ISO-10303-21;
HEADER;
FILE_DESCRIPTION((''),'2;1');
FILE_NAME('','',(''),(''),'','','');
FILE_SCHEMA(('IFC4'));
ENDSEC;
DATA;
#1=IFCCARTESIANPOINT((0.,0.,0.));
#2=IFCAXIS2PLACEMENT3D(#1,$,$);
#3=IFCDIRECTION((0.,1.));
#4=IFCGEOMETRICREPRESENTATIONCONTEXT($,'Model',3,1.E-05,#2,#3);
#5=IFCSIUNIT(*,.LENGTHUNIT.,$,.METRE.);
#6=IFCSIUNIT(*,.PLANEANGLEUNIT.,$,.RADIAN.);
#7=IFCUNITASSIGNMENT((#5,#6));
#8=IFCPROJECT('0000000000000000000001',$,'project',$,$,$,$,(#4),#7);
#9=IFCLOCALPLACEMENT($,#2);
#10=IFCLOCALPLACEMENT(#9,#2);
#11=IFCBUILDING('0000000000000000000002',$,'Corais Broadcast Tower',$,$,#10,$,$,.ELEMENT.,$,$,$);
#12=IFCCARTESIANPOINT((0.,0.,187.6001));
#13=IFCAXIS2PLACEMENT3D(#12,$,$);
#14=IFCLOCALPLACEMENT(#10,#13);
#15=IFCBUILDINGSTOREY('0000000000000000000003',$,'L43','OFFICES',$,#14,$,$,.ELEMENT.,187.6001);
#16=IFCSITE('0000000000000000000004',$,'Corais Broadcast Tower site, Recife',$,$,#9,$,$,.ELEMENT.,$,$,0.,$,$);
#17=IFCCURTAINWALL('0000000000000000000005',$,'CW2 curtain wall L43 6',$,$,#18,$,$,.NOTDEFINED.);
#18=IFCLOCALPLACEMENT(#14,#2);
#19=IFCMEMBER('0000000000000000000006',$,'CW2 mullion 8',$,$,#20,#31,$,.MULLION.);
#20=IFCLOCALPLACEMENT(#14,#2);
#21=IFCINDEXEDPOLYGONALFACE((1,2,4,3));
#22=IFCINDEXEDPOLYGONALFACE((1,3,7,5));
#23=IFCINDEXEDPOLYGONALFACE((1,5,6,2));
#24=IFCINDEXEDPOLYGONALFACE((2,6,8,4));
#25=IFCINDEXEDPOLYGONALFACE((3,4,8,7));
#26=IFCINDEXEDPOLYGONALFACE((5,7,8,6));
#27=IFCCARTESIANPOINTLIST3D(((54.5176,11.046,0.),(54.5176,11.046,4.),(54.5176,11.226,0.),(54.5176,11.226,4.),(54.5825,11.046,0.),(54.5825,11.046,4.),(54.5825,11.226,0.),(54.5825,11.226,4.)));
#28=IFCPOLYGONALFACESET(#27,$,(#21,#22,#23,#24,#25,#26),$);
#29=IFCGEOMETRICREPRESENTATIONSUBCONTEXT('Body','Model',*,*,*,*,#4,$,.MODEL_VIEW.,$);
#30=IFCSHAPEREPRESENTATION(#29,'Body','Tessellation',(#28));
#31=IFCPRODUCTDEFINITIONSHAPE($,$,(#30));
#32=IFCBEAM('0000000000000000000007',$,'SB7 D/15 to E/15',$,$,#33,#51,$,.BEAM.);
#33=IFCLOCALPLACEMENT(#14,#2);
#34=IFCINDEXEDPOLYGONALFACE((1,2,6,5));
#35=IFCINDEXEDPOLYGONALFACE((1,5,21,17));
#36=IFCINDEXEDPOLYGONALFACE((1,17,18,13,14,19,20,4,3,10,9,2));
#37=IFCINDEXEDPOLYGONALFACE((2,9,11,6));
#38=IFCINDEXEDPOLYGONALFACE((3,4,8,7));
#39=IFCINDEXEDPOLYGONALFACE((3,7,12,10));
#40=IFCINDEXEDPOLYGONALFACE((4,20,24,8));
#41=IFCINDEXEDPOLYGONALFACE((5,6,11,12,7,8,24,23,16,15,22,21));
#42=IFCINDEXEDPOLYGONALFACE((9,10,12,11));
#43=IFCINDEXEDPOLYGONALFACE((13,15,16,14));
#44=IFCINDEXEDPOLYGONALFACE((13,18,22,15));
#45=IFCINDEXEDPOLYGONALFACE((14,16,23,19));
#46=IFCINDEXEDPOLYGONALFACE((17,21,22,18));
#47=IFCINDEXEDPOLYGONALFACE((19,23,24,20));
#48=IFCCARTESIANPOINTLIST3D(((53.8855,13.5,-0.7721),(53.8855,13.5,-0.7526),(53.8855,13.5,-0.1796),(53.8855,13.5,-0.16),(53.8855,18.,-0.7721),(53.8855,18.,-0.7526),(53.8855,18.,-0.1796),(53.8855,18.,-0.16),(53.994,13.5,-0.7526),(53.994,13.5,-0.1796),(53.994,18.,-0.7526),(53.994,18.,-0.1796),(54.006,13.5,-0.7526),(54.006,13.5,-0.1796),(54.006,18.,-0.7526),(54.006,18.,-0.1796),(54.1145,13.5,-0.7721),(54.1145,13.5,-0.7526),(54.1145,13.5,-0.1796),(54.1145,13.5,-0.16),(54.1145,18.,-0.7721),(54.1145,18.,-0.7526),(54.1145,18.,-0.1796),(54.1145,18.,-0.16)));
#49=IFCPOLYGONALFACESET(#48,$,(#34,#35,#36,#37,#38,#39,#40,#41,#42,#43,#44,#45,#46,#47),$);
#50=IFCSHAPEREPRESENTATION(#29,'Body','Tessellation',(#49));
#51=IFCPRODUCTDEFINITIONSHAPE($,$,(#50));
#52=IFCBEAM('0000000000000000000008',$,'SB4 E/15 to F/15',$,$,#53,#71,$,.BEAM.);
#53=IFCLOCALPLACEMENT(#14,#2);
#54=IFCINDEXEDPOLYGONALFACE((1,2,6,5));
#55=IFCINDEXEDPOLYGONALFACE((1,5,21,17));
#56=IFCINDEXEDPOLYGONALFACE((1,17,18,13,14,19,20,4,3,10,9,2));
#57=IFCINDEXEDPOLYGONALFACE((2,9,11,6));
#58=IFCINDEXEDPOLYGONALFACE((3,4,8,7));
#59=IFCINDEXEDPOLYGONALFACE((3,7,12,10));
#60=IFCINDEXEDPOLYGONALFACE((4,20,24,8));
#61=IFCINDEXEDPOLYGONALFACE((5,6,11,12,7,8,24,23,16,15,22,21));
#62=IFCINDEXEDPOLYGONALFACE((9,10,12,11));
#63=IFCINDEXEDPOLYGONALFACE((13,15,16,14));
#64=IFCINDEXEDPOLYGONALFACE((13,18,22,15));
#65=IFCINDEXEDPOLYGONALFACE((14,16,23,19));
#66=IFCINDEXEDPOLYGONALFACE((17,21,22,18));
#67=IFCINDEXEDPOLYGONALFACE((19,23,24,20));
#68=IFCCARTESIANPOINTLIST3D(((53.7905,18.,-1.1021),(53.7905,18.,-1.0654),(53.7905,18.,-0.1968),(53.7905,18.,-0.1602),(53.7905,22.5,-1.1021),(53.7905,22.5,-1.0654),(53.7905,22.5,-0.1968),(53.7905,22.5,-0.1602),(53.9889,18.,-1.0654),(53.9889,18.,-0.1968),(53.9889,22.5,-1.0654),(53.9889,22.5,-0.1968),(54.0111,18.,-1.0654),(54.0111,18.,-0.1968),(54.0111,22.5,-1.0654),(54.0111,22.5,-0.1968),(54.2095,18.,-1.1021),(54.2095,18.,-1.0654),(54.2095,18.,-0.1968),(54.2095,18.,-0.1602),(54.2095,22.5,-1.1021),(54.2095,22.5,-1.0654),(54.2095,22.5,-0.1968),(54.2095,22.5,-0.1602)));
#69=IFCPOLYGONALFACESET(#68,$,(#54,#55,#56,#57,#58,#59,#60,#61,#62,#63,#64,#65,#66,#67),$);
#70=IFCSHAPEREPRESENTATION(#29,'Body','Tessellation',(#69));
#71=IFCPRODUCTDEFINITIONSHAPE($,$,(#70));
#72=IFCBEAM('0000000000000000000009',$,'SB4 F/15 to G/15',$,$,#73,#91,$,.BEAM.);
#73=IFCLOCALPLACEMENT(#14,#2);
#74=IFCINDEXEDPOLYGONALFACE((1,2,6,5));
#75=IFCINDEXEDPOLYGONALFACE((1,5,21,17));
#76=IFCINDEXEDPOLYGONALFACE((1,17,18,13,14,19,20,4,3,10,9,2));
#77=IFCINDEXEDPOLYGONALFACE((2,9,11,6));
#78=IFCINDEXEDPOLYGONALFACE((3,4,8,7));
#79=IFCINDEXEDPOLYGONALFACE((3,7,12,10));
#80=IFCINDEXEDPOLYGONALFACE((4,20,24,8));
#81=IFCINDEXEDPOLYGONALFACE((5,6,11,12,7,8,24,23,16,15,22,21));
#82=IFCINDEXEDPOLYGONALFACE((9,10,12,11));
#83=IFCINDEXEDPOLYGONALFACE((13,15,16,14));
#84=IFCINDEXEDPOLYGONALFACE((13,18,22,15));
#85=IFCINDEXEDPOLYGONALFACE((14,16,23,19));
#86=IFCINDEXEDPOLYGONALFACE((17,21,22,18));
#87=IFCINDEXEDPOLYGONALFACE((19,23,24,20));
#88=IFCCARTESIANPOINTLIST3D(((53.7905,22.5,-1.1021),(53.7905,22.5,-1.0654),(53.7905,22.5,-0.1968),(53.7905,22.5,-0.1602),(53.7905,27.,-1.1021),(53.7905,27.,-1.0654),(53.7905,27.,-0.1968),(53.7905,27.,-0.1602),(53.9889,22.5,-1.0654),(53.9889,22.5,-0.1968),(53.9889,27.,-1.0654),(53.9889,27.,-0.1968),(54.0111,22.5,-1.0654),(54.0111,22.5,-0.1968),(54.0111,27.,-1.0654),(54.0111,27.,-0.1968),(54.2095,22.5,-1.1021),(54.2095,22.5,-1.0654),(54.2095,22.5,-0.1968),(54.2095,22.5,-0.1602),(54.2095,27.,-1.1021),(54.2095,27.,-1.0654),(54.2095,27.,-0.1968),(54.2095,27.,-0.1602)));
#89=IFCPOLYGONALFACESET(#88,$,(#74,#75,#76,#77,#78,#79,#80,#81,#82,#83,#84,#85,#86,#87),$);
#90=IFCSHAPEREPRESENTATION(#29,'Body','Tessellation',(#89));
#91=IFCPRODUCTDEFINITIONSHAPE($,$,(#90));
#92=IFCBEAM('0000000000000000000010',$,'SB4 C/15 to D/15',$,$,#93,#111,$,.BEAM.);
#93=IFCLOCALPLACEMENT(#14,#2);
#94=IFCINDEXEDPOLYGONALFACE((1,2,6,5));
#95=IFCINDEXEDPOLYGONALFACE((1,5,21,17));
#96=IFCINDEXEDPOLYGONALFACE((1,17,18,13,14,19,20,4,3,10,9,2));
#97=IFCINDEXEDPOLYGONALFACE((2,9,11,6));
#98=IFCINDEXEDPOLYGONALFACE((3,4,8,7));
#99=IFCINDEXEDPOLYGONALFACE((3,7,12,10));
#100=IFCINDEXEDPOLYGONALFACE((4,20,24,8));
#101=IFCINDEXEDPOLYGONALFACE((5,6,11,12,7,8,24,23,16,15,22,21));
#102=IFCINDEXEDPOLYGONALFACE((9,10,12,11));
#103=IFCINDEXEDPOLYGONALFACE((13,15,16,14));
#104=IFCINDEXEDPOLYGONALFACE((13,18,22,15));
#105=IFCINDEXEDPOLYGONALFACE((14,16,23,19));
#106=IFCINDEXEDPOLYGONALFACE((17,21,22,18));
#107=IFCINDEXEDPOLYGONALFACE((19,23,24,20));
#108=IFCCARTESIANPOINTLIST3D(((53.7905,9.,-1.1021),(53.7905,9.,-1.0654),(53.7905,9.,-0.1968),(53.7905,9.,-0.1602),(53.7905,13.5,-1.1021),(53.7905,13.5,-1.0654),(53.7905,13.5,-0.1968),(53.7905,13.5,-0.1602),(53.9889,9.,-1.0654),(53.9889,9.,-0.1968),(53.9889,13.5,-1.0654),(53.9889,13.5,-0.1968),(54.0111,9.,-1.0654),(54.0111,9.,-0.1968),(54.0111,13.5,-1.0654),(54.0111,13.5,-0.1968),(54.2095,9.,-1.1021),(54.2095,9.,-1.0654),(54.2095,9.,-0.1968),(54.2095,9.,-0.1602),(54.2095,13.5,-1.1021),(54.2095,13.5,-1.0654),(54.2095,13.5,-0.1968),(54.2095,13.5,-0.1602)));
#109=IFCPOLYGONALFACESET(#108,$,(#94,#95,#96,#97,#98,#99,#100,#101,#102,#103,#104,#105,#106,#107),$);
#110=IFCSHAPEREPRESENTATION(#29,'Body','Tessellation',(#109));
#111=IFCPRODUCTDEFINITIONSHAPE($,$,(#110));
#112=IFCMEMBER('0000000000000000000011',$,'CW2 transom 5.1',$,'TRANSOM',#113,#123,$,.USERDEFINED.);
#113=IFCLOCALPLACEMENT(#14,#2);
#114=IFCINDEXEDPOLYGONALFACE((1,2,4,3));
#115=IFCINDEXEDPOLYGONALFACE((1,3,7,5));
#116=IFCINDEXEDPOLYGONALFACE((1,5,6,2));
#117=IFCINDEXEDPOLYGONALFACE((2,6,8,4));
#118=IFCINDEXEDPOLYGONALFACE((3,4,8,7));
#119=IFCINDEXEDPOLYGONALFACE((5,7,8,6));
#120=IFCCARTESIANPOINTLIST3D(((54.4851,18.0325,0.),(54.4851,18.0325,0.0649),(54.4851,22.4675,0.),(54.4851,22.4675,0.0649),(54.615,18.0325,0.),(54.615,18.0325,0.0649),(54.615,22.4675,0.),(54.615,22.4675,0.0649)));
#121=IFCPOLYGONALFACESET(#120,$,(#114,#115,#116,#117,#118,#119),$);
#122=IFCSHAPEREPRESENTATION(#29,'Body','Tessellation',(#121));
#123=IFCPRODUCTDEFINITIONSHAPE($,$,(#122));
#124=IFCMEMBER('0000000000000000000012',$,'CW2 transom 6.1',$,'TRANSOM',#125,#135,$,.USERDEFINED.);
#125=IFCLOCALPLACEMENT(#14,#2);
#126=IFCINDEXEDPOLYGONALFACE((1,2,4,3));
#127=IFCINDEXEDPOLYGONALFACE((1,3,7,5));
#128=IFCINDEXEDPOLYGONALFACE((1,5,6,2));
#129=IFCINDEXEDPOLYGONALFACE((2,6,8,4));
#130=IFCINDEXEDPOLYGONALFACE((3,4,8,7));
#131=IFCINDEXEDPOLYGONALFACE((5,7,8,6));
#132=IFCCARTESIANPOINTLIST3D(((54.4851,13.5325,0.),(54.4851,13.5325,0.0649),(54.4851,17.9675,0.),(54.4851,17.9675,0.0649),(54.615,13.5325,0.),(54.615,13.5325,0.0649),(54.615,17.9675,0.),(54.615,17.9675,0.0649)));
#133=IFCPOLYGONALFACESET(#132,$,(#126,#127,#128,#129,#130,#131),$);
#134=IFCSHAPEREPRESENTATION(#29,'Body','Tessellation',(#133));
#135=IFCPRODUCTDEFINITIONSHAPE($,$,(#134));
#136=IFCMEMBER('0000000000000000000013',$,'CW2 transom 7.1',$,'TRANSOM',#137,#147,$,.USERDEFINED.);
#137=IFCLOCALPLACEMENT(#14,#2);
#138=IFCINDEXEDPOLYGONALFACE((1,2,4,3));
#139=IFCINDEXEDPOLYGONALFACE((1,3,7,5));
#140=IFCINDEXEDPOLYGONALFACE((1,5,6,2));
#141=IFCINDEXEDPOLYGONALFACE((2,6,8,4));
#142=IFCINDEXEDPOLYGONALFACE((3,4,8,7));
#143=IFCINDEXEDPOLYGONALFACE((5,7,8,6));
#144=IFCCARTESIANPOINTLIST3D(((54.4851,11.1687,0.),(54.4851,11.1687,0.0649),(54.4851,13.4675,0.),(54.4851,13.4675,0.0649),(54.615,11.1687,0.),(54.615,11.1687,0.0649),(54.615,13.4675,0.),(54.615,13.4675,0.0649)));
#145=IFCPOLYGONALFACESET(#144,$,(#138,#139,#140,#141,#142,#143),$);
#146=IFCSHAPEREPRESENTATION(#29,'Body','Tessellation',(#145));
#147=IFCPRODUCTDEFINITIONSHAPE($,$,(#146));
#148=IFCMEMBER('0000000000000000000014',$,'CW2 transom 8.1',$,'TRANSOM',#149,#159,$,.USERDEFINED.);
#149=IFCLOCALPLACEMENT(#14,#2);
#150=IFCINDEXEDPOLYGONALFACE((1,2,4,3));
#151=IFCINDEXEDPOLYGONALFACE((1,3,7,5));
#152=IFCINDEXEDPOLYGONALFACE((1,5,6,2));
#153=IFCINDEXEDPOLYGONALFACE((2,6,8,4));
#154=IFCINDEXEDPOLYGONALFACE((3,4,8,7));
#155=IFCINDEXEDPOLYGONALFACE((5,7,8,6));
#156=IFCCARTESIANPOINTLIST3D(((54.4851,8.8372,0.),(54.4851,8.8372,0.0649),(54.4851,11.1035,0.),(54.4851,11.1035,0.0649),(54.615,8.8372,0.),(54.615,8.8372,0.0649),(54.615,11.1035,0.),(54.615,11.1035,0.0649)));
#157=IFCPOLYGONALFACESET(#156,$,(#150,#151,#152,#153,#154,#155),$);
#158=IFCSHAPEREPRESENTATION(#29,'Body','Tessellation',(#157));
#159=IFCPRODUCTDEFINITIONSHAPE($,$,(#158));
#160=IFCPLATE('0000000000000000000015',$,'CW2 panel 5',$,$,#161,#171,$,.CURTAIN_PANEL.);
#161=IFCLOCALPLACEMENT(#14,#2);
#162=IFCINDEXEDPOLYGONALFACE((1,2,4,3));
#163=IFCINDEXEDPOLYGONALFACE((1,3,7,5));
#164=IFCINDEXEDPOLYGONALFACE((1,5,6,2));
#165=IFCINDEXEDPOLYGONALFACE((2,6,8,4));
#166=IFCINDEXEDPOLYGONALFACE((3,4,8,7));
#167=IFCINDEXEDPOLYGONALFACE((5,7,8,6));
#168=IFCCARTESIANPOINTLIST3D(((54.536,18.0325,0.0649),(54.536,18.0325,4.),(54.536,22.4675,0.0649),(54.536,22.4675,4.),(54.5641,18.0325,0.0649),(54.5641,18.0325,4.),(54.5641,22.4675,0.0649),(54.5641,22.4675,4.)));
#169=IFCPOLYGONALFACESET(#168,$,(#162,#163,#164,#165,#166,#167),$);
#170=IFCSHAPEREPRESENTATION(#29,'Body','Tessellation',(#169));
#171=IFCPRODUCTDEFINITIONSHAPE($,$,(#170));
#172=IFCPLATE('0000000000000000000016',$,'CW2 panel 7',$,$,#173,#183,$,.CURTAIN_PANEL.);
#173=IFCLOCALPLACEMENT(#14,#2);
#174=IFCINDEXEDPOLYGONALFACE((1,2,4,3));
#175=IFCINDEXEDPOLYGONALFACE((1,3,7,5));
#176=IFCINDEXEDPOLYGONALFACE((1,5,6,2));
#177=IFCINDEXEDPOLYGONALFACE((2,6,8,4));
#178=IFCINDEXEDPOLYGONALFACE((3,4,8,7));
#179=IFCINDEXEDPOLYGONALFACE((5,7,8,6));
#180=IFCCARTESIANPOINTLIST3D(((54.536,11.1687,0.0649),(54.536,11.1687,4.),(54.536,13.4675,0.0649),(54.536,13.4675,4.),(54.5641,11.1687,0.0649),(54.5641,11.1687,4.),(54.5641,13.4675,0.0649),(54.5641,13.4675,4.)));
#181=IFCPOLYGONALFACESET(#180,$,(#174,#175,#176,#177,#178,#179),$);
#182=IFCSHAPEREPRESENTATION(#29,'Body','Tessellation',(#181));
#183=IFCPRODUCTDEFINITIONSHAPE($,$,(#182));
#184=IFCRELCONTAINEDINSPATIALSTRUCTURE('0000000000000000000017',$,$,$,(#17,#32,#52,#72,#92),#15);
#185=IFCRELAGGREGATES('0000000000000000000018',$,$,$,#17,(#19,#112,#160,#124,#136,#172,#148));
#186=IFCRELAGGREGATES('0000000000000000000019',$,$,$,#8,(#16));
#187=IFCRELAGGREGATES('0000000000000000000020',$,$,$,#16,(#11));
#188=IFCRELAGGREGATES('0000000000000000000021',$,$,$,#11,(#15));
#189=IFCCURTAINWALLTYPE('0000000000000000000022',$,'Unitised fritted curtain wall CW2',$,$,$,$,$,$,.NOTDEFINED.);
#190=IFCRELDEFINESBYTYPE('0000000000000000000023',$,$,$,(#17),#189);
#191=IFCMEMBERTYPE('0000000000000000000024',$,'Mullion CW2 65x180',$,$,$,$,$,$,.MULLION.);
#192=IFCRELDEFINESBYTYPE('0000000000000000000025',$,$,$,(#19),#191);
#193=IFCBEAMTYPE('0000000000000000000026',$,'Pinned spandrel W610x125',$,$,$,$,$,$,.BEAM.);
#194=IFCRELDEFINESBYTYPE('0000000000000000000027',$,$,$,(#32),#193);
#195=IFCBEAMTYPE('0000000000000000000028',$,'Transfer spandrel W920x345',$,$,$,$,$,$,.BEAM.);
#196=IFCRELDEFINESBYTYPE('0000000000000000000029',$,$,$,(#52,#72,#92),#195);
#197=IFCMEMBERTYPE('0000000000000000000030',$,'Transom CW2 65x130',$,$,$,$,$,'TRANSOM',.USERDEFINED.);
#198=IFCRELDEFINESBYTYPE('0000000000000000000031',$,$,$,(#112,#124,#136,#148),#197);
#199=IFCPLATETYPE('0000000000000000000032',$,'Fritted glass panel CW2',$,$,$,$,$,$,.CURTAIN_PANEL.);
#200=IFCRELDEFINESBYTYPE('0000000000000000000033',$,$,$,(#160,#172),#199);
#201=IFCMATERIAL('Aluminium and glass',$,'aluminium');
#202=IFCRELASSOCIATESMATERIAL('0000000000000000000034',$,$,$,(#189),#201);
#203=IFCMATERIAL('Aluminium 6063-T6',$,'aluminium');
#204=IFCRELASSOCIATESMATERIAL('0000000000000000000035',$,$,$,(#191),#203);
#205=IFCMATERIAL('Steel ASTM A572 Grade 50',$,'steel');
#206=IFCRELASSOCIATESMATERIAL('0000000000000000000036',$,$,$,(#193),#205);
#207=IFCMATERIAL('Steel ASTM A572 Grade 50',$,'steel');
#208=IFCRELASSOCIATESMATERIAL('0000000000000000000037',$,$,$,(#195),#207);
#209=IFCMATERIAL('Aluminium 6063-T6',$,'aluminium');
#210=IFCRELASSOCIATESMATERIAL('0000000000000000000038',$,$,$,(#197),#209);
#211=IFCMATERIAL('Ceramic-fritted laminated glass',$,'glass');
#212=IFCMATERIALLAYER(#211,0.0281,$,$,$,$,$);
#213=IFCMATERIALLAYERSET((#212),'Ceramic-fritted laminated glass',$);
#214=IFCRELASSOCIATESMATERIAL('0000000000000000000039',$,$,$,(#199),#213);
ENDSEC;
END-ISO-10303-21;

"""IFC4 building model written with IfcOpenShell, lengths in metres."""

from ifc_helpers import new_model, si_unit, direction, frame, origin, origin_2d, place, context, subcontext, project, spatial, rectangle, i_section, extrude, material, layer, layer_set, material_profile, profile_set, type_object, element, aggregate, save


model = new_model("IFC4")

# Units and contexts
model_context = context("Model", 3, precision=1e-05, world=origin(), true_north=direction((0.0, 1.0)))
body_context = subcontext(model_context, "Body", "Model", "MODEL_VIEW")
ifc_project = project(units=[si_unit("LENGTHUNIT", "METRE"), si_unit("PLANEANGLEUNIT", "RADIAN")], contexts=[model_context])

# Site, building, storey
site_placement = place(None, origin())
site = spatial("IfcSite", under=ifc_project, at=site_placement, Name="Corais Broadcast Tower site, Recife", CompositionType="ELEMENT", RefElevation=0.0)
building_placement = place(site_placement, origin())
building = spatial("IfcBuilding", under=site, at=building_placement, Name="Corais Broadcast Tower", CompositionType="ELEMENT")
storey_placement = place(building_placement, frame((0.0, 0.0, 187.6001)))
storey = spatial("IfcBuildingStorey", under=building, at=storey_placement, Name="L43", Description="OFFICES", CompositionType="ELEMENT", Elevation=187.6001)

# Curtain wall, member
ifc_material_1 = material(Name="Aluminium and glass", Category="aluminium")
curtain_wall_type = type_object("IfcCurtainWallType", Name="Unitised fritted curtain wall CW2", PredefinedType="NOTDEFINED", material=ifc_material_1)
curtain_wall_placement = place(storey_placement, origin())
curtain_wall = element("IfcCurtainWall", 1, at=curtain_wall_placement, inside=storey, type_object=curtain_wall_type, Name="CW2 curtain wall L43 6", PredefinedType="NOTDEFINED")
ifc_material_2 = material(Name="Aluminium 6063-T6", Category="aluminium")
ifc_material_profile_1 = material_profile(ifc_material_2, rectangle(XDim=0.0649, YDim=0.1799, at=origin_2d()), Name="Mullion CW2 65x180")
ifc_profile_set_1 = profile_set([ifc_material_profile_1], Name="Aluminium 6063-T6")
member_type_1 = type_object("IfcMemberType", Name="Mullion CW2 65x180", PredefinedType="MULLION", material=ifc_profile_set_1)
member_1_placement = place(storey_placement, frame((54.55, 11.136, 0.0), z_axis=(0.0, 0.0, 1.0), x_axis=(1.0, 0.0, 0.0)))
member_1 = element("IfcMember", 2, at=member_1_placement, type_object=member_type_1, Name="CW2 mullion 8", PredefinedType="MULLION", context=body_context, shape_type="SweptSolid", body=[
    extrude(rectangle(XDim=0.0649, YDim=0.1799, at=origin_2d()), origin(), (0.0, 0.0, 1.0), 4.0),
])

# Beams
ifc_material_3 = material(Name="Steel ASTM A572 Grade 50", Category="steel")
ifc_material_profile_2 = material_profile(ifc_material_3, i_section(OverallWidth=0.229, OverallDepth=0.6121, WebThickness=0.012, FlangeThickness=0.0195, at=origin_2d()), Name="W610x125")
ifc_profile_set_2 = profile_set([ifc_material_profile_2], Name="Steel ASTM A572 Grade 50")
beam_type_1 = type_object("IfcBeamType", Name="Pinned spandrel W610x125", PredefinedType="BEAM", material=ifc_profile_set_2)
beam_1_placement = place(storey_placement, frame((54.0, 13.5, -0.4661), z_axis=(0.0, 1.0, 0.0), x_axis=(-1.0, 0.0, 0.0)))
element("IfcBeam", 3, at=beam_1_placement, inside=storey, type_object=beam_type_1, Name="SB7 D/15 to E/15", PredefinedType="BEAM", context=body_context, shape_type="SweptSolid", body=[
    extrude(i_section(OverallWidth=0.229, OverallDepth=0.6121, WebThickness=0.012, FlangeThickness=0.0195, at=origin_2d()), origin(), (0.0, 0.0, 1.0), 4.5),
])
ifc_material_4 = material(Name="Steel ASTM A572 Grade 50", Category="steel")
ifc_material_profile_3 = material_profile(ifc_material_4, i_section(OverallWidth=0.4189, OverallDepth=0.9419, WebThickness=0.0222, FlangeThickness=0.0366, at=origin_2d()), Name="W920x345")
ifc_profile_set_3 = profile_set([ifc_material_profile_3], Name="Steel ASTM A572 Grade 50")
beam_type_2 = type_object("IfcBeamType", Name="Transfer spandrel W920x345", PredefinedType="BEAM", material=ifc_profile_set_3)
for number, where, z_axis, x_axis, name in (
    (4, (54.0, 18.0, -0.6311), (0.0, 1.0, 0.0), (-1.0, 0.0, 0.0), "SB4 E/15 to F/15"),
    (5, (54.0, 22.5, -0.6311), (0.0, 1.0, 0.0), (-1.0, 0.0, 0.0), "SB4 F/15 to G/15"),
    (6, (54.0, 9.0, -0.6311), (0.0, 1.0, 0.0), (-1.0, 0.0, 0.0), "SB4 C/15 to D/15"),
):
    element("IfcBeam", number, at=place(storey_placement, frame(where, z_axis=z_axis, x_axis=x_axis)), inside=storey, type_object=beam_type_2, Name=name, PredefinedType="BEAM", context=body_context, shape_type="SweptSolid", body=[
        extrude(i_section(OverallWidth=0.4189, OverallDepth=0.9419, WebThickness=0.0222, FlangeThickness=0.0366, at=origin_2d()), origin(), (0.0, 0.0, 1.0), 4.5),
    ])

# Members
ifc_material_5 = material(Name="Aluminium 6063-T6", Category="aluminium")
ifc_material_profile_4 = material_profile(ifc_material_5, rectangle(XDim=0.1299, YDim=0.0649, at=origin_2d()), Name="Transom CW2 65x130")
ifc_profile_set_4 = profile_set([ifc_material_profile_4], Name="Aluminium 6063-T6")
member_type_2 = type_object("IfcMemberType", Name="Transom CW2 65x130", ElementType="TRANSOM", PredefinedType="USERDEFINED", material=ifc_profile_set_4)
member_2_placement = place(storey_placement, frame((54.55, 22.4675, 0.0325), z_axis=(0.0, -1.0, 0.0), x_axis=(1.0, 0.0, 0.0)))
member_2 = element("IfcMember", 7, at=member_2_placement, type_object=member_type_2, Name="CW2 transom 5.1", ObjectType="TRANSOM", PredefinedType="USERDEFINED", context=body_context, shape_type="SweptSolid", body=[
    extrude(rectangle(XDim=0.1299, YDim=0.0649, at=origin_2d()), origin(), (0.0, 0.0, 1.0), 4.4351),
])
member_3_placement = place(storey_placement, frame((54.55, 17.9675, 0.0325), z_axis=(0.0, -1.0, 0.0), x_axis=(1.0, 0.0, 0.0)))
member_3 = element("IfcMember", 8, at=member_3_placement, type_object=member_type_2, Name="CW2 transom 6.1", ObjectType="TRANSOM", PredefinedType="USERDEFINED", context=body_context, shape_type="SweptSolid", body=[
    extrude(rectangle(XDim=0.1299, YDim=0.0649, at=origin_2d()), origin(), (0.0, 0.0, 1.0), 4.4351),
])
member_4_placement = place(storey_placement, frame((54.55, 13.4675, 0.0325), z_axis=(0.0, -1.0, 0.0), x_axis=(1.0, 0.0, 0.0)))
member_4 = element("IfcMember", 9, at=member_4_placement, type_object=member_type_2, Name="CW2 transom 7.1", ObjectType="TRANSOM", PredefinedType="USERDEFINED", context=body_context, shape_type="SweptSolid", body=[
    extrude(rectangle(XDim=0.1299, YDim=0.0649, at=origin_2d()), origin(), (0.0, 0.0, 1.0), 2.2988),
])
member_5_placement = place(storey_placement, frame((54.55, 11.1035, 0.0325), z_axis=(0.0, -1.0, 0.0), x_axis=(1.0, 0.0, 0.0)))
member_5 = element("IfcMember", 10, at=member_5_placement, type_object=member_type_2, Name="CW2 transom 8.1", ObjectType="TRANSOM", PredefinedType="USERDEFINED", context=body_context, shape_type="SweptSolid", body=[
    extrude(rectangle(XDim=0.1299, YDim=0.0649, at=origin_2d()), origin(), (0.0, 0.0, 1.0), 2.2664),
])

# Plates
ifc_material_6 = material(Name="Ceramic-fritted laminated glass", Category="glass")
ifc_layer_1 = layer(ifc_material_6, 0.0281)
ifc_layer_set_1 = layer_set([ifc_layer_1], Name="Ceramic-fritted laminated glass")
plate_type_1 = type_object("IfcPlateType", Name="Fritted glass panel CW2", PredefinedType="CURTAIN_PANEL", material=ifc_layer_set_1)
plate_1_placement = place(storey_placement, frame((54.55, 20.25, 0.0649), z_axis=(0.0, 0.0, 1.0), x_axis=(0.0, -1.0, 0.0)))
plate_1 = element("IfcPlate", 11, at=plate_1_placement, type_object=plate_type_1, Name="CW2 panel 5", PredefinedType="CURTAIN_PANEL", context=body_context, shape_type="SweptSolid", body=[
    extrude(rectangle(XDim=4.4351, YDim=0.0281, at=origin_2d()), origin(), (0.0, 0.0, 1.0), 3.9351),
])
plate_2_placement = place(storey_placement, frame((54.55, 12.3181, 0.0649), z_axis=(0.0, 0.0, 1.0), x_axis=(0.0, -1.0, 0.0)))
plate_2 = element("IfcPlate", 12, at=plate_2_placement, type_object=plate_type_1, Name="CW2 panel 7", PredefinedType="CURTAIN_PANEL", context=body_context, shape_type="SweptSolid", body=[
    extrude(rectangle(XDim=2.2988, YDim=0.0281, at=origin_2d()), origin(), (0.0, 0.0, 1.0), 3.9351),
])
aggregate(curtain_wall, [member_1, member_2, plate_1, member_3, member_4, plate_2, member_5])

save(model, "model.ifc")
